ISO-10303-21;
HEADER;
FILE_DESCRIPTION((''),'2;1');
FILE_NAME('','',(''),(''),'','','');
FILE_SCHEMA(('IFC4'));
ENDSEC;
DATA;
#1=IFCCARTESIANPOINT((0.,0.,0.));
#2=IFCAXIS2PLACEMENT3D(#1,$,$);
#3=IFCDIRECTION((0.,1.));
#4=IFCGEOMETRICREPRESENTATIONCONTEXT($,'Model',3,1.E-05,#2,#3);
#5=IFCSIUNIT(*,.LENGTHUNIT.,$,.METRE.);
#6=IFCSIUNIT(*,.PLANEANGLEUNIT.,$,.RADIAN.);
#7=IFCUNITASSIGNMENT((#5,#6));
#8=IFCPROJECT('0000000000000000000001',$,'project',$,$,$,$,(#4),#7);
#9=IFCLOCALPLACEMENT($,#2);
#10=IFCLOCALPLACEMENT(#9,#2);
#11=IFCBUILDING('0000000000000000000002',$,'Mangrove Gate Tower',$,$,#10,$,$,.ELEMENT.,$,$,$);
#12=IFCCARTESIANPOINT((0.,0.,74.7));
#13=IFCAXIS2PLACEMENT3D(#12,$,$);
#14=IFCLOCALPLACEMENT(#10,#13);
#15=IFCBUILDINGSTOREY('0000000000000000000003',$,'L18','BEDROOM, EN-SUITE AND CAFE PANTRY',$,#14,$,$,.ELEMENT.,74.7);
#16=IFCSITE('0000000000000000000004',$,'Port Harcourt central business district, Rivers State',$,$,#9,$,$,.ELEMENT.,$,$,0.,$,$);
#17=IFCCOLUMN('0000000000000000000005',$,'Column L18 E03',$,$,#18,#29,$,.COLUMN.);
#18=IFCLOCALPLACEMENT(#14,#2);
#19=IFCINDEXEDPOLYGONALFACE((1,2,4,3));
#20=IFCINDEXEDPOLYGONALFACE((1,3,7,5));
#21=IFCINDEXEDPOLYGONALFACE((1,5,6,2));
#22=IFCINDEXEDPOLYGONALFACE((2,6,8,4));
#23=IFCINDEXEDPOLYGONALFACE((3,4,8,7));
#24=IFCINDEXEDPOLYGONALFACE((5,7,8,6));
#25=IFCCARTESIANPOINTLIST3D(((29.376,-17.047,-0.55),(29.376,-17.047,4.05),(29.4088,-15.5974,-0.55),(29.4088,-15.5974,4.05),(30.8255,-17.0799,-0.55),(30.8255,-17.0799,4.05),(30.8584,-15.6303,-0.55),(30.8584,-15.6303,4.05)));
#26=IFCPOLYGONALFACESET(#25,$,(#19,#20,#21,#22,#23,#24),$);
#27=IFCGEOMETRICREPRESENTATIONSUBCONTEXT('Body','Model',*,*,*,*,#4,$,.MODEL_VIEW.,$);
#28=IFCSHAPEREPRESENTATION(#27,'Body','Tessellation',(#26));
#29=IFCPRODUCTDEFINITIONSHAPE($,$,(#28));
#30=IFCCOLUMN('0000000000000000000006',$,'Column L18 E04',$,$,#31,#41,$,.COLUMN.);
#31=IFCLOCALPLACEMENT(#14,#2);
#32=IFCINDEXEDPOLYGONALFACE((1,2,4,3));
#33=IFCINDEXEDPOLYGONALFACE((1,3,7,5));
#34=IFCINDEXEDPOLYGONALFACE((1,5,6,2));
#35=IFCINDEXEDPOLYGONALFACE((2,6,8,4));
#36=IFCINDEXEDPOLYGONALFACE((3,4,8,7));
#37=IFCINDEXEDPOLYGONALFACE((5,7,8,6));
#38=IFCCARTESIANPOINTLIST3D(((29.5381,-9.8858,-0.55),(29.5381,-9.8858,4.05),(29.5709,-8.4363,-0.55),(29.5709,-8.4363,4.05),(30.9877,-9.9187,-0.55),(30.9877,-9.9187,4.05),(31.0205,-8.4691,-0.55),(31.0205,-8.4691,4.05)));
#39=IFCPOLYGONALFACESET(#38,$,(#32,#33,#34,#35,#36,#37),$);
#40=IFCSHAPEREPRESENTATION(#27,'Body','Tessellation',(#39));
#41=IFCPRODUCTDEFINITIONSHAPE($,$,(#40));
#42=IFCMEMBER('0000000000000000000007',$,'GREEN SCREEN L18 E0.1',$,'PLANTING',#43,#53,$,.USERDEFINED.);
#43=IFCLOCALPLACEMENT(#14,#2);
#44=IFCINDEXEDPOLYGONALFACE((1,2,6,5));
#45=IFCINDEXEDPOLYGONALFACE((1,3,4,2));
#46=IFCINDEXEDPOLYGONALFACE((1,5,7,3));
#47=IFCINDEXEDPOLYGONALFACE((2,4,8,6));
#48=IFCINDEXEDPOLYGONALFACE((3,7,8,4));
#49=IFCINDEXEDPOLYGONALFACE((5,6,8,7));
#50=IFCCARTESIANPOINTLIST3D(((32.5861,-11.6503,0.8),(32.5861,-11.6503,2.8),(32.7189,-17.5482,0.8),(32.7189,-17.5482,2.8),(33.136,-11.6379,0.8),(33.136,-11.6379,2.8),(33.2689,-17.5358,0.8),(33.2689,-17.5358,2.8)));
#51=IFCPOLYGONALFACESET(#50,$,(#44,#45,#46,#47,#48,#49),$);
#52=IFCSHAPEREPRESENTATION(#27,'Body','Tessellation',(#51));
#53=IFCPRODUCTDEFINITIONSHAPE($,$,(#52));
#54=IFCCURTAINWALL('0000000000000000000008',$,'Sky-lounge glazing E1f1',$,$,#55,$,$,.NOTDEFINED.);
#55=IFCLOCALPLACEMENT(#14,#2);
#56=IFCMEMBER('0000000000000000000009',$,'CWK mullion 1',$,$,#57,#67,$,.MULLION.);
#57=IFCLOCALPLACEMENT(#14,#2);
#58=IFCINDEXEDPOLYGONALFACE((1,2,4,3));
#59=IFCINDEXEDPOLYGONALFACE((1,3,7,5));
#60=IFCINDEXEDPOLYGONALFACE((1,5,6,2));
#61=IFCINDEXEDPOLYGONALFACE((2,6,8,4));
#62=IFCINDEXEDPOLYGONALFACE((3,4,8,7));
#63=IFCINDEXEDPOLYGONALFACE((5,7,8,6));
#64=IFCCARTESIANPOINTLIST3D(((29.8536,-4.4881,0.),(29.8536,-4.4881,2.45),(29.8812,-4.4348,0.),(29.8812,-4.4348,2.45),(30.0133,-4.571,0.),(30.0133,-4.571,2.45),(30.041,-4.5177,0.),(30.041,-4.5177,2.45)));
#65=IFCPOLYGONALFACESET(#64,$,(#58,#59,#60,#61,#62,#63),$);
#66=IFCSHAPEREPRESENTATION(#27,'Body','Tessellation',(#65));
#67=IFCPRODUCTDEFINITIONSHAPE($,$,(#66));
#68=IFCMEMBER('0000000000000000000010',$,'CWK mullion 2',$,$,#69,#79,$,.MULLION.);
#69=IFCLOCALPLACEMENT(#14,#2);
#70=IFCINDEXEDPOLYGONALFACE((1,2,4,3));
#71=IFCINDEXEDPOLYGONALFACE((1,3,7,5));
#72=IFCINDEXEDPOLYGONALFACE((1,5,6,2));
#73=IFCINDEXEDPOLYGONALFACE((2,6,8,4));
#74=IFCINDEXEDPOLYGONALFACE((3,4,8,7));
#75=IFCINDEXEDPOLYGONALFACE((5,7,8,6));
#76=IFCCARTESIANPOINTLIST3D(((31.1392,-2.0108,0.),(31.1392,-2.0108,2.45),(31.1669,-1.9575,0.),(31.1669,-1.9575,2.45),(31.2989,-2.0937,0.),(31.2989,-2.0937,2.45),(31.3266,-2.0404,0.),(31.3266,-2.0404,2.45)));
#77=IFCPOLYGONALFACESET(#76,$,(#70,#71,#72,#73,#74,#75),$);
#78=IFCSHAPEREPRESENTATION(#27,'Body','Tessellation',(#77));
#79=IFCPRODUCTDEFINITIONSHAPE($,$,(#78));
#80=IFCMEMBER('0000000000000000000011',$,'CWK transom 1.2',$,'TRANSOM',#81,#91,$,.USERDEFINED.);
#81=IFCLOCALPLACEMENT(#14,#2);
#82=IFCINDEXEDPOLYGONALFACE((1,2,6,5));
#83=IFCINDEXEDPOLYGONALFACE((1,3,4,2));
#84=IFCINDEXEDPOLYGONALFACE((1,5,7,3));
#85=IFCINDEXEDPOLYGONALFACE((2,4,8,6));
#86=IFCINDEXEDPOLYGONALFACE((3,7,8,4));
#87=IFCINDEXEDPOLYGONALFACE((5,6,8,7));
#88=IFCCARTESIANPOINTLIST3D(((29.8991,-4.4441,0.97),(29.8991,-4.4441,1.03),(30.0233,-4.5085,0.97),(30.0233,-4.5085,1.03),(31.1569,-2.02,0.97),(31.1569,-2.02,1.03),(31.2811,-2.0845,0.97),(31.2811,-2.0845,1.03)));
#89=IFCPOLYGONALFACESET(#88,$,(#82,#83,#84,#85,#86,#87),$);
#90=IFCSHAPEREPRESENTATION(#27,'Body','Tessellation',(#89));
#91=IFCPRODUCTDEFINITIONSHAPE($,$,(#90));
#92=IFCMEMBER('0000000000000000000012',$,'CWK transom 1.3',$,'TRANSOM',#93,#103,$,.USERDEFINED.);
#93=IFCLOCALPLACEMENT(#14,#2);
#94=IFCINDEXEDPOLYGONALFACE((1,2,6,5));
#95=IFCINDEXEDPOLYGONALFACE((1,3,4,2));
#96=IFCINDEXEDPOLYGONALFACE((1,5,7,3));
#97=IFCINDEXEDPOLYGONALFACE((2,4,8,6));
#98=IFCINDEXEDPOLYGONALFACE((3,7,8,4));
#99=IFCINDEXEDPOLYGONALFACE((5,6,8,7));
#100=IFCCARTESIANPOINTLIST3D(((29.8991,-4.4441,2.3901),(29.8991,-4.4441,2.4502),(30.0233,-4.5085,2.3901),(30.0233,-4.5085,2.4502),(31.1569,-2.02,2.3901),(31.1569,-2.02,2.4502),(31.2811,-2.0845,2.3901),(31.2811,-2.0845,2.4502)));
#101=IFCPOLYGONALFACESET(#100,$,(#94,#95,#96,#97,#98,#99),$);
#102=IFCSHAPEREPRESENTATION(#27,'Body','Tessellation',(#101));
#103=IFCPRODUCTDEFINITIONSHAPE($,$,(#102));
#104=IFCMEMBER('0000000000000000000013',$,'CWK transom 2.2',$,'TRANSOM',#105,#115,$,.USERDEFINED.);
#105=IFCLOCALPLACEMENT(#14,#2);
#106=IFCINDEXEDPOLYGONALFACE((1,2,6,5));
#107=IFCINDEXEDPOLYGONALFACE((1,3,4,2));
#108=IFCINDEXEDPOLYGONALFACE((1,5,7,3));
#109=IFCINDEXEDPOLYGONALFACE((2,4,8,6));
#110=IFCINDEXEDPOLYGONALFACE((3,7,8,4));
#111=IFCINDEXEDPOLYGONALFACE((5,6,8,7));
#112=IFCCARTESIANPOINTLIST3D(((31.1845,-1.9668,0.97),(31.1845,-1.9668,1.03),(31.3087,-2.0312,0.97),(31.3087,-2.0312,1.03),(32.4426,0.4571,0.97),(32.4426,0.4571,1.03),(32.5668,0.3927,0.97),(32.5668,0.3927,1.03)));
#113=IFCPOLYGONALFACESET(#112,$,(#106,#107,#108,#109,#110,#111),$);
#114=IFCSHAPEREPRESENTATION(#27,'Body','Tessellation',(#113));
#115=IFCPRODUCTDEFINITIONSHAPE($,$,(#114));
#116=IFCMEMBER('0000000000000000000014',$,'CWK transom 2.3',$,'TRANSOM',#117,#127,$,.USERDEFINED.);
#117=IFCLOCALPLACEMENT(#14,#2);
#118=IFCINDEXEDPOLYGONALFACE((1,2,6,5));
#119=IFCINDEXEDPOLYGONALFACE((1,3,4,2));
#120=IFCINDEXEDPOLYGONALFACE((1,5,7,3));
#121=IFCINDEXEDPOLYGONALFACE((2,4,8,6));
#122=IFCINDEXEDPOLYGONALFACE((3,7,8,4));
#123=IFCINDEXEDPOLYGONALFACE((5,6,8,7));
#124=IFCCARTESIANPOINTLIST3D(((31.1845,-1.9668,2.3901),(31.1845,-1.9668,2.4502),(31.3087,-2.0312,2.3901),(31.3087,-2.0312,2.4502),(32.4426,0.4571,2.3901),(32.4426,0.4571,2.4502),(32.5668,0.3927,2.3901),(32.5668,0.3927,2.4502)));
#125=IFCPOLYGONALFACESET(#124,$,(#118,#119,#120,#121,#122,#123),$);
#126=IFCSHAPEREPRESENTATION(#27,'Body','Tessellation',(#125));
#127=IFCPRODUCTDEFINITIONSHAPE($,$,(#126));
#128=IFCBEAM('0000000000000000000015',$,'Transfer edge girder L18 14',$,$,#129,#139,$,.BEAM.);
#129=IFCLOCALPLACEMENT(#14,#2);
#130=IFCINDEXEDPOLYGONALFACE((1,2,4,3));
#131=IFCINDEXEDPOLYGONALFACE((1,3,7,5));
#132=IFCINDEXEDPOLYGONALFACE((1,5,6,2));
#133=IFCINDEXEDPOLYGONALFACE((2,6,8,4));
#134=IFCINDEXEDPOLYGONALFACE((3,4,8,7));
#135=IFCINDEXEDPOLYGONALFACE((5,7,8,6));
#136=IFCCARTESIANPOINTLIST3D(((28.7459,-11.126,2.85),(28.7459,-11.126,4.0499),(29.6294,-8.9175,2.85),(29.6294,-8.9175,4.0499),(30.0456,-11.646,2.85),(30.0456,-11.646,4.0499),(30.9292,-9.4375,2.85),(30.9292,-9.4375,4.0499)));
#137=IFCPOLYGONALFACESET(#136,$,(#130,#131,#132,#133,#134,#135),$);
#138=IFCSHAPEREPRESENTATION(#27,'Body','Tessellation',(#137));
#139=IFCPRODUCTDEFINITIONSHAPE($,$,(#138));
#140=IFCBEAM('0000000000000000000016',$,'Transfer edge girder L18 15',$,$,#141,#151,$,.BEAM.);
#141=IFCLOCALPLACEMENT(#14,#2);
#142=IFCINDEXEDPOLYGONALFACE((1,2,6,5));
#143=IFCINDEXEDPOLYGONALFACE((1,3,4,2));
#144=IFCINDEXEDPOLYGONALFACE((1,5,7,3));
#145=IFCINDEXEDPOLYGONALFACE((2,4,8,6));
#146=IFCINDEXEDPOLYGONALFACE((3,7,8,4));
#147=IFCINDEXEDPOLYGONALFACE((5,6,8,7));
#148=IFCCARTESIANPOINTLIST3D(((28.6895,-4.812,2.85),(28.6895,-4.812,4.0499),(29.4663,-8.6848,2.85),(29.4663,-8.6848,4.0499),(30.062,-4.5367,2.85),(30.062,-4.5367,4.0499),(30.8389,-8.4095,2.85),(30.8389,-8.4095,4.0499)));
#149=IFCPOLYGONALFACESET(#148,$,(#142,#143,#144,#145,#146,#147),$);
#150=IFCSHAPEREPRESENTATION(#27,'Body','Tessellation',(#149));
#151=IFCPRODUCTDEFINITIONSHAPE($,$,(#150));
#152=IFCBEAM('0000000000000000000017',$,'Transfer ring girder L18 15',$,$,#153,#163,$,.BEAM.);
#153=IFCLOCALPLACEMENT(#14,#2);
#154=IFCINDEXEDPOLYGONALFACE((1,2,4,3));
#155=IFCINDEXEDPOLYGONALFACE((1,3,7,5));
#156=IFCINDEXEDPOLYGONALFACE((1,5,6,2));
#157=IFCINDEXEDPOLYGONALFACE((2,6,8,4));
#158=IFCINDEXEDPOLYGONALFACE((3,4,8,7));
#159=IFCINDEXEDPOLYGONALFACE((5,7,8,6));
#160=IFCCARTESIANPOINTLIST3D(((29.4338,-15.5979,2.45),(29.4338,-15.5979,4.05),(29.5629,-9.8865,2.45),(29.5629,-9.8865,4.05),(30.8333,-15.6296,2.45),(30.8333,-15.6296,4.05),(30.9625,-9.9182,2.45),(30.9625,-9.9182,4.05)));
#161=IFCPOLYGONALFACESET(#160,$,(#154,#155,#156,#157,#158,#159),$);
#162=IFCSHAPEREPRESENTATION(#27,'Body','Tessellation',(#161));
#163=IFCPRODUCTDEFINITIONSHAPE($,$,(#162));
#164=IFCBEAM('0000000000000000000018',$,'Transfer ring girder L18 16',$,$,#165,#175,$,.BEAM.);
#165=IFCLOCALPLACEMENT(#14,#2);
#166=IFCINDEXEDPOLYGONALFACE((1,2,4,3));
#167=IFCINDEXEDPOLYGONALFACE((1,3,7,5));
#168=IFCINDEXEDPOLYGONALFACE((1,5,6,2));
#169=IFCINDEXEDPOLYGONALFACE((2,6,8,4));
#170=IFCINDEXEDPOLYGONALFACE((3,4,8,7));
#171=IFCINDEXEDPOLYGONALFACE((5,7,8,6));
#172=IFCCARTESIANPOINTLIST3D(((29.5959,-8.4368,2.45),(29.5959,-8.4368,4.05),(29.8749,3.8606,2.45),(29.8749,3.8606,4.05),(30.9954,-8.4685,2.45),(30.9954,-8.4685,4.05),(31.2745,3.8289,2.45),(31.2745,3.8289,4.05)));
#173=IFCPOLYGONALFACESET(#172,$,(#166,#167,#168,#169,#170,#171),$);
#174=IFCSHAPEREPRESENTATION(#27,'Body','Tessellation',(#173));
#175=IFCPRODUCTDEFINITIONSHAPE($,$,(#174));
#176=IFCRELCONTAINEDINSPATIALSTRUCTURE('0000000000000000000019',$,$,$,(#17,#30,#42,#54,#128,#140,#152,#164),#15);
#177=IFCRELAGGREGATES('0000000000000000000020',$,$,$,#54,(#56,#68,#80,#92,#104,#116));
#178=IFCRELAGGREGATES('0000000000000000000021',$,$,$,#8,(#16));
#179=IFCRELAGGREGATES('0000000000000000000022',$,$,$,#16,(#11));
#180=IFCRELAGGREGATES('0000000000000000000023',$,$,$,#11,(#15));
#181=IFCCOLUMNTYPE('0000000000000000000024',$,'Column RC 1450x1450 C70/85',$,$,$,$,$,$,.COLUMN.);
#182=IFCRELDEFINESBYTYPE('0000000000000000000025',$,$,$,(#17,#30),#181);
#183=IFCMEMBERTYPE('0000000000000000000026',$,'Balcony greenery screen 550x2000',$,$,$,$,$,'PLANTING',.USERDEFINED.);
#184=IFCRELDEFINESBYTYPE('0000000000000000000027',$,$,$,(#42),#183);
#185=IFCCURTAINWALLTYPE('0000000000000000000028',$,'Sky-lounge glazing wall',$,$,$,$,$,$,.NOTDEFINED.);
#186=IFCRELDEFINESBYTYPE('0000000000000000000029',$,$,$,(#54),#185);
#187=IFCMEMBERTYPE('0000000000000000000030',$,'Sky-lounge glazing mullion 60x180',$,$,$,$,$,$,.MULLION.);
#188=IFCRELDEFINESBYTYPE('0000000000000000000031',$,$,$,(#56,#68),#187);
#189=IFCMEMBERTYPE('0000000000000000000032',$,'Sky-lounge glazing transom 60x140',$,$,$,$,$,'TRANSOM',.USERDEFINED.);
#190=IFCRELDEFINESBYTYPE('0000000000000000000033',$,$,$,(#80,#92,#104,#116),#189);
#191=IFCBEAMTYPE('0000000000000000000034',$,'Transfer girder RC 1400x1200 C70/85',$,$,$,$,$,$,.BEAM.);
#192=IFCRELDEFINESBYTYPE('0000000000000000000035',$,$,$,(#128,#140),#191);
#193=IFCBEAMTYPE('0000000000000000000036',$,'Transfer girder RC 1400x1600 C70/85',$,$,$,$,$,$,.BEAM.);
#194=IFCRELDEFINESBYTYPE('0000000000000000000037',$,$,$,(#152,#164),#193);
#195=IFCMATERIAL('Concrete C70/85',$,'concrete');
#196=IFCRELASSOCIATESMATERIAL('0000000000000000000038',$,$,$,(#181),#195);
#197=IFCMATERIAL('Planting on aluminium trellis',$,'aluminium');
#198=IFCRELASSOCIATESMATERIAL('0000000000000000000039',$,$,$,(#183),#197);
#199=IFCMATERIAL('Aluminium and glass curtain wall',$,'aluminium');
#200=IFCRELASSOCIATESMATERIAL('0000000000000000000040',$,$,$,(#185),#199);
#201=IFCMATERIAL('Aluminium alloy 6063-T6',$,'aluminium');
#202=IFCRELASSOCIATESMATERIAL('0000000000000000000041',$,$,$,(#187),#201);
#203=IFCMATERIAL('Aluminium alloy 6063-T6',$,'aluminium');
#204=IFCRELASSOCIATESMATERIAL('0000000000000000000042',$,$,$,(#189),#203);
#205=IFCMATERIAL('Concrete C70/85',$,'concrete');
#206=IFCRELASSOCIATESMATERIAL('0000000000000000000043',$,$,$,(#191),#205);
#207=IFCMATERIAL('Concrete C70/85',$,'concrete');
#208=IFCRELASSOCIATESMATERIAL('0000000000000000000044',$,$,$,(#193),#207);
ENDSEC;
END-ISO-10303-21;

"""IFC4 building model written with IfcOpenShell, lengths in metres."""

from ifc_helpers import new_model, si_unit, direction, frame, origin, origin_2d, place, context, subcontext, project, spatial, rectangle, extrude, material, material_profile, profile_set, type_object, element, aggregate, save


model = new_model("IFC4")

# Units and contexts
model_context = context("Model", 3, precision=1e-05, world=origin(), true_north=direction((0.0, 1.0)))
body_context = subcontext(model_context, "Body", "Model", "MODEL_VIEW")
ifc_project = project(units=[si_unit("LENGTHUNIT", "METRE"), si_unit("PLANEANGLEUNIT", "RADIAN")], contexts=[model_context])

# Site, building, storey
site_placement = place(None, origin())
site = spatial("IfcSite", under=ifc_project, at=site_placement, Name="Port Harcourt central business district, Rivers State", CompositionType="ELEMENT", RefElevation=0.0)
building_placement = place(site_placement, origin())
building = spatial("IfcBuilding", under=site, at=building_placement, Name="Mangrove Gate Tower", CompositionType="ELEMENT")
storey_placement = place(building_placement, frame((0.0, 0.0, 74.7)))
storey = spatial("IfcBuildingStorey", under=building, at=storey_placement, Name="L18", Description="BEDROOM, EN-SUITE AND CAFE PANTRY", CompositionType="ELEMENT", Elevation=74.7)

# Columns
ifc_material_1 = material(Name="Concrete C70/85", Category="concrete")
ifc_material_profile_1 = material_profile(ifc_material_1, rectangle(XDim=1.45, YDim=1.45, at=origin_2d()))
ifc_profile_set_1 = profile_set([ifc_material_profile_1], Name="Concrete C70/85")
column_type = type_object("IfcColumnType", Name="Column RC 1450x1450 C70/85", PredefinedType="COLUMN", material=ifc_profile_set_1)
for number, where, z_axis, x_axis, name in (
    (1, (30.1172, -16.3386, -0.55), (0.0, 0.0, 1.0), (0.022688, 0.999743, 0.0), "Column L18 E03"),
    (2, (30.2793, -9.1775, -0.55), (0.0, 0.0, 1.0), (0.022665, 0.999743, 0.0), "Column L18 E04"),
):
    element("IfcColumn", number, at=place(storey_placement, frame(where, z_axis=z_axis, x_axis=x_axis)), inside=storey, type_object=column_type, Name=name, PredefinedType="COLUMN", context=body_context, shape_type="SweptSolid", body=[
        extrude(rectangle(XDim=1.45, YDim=1.45, at=origin_2d()), origin(), (0.0, 0.0, 1.0), 4.6001),
    ])

# Member
ifc_material_2 = material(Name="Planting on aluminium trellis", Category="aluminium")
ifc_material_profile_2 = material_profile(ifc_material_2, rectangle(XDim=0.55, YDim=2.0, at=origin_2d()))
ifc_profile_set_2 = profile_set([ifc_material_profile_2], Name="Planting on aluminium trellis")
member_type_1 = type_object("IfcMemberType", Name="Balcony greenery screen 550x2000", ElementType="PLANTING", PredefinedType="USERDEFINED", material=ifc_profile_set_2)
member_1_placement = place(storey_placement, frame((32.9939, -17.542, 1.8), z_axis=(-0.022513, 0.999747, 0.0), x_axis=(-0.999747, -0.022513, 0.0)))
element("IfcMember", 3, at=member_1_placement, inside=storey, type_object=member_type_1, Name="GREEN SCREEN L18 E0.1", ObjectType="PLANTING", PredefinedType="USERDEFINED", context=body_context, shape_type="SweptSolid", body=[
    extrude(rectangle(XDim=0.55, YDim=2.0, at=origin_2d()), origin(), (0.0, 0.0, 1.0), 5.8994),
])

# Curtain wall, members
ifc_material_3 = material(Name="Aluminium and glass curtain wall", Category="aluminium")
curtain_wall_type = type_object("IfcCurtainWallType", Name="Sky-lounge glazing wall", PredefinedType="NOTDEFINED", material=ifc_material_3)
curtain_wall_placement = place(storey_placement, origin())
curtain_wall = element("IfcCurtainWall", 4, at=curtain_wall_placement, inside=storey, type_object=curtain_wall_type, Name="Sky-lounge glazing E1f1", PredefinedType="NOTDEFINED")
ifc_material_4 = material(Name="Aluminium alloy 6063-T6", Category="aluminium")
ifc_material_profile_3 = material_profile(ifc_material_4, rectangle(XDim=0.0601, YDim=0.1799, at=origin_2d()))
ifc_profile_set_3 = profile_set([ifc_material_profile_3], Name="Aluminium alloy 6063-T6")
member_type_2 = type_object("IfcMemberType", Name="Sky-lounge glazing mullion 60x180", PredefinedType="MULLION", material=ifc_profile_set_3)
member_2_placement = place(storey_placement, frame((29.9473, -4.5029, 0.0), z_axis=(0.0, 0.0, 1.0), x_axis=(0.460628, 0.887593, 0.0)))
member_2 = element("IfcMember", 5, at=member_2_placement, type_object=member_type_2, Name="CWK mullion 1", PredefinedType="MULLION", context=body_context, shape_type="SweptSolid", body=[
    extrude(rectangle(XDim=0.0601, YDim=0.1799, at=origin_2d()), origin(), (0.0, 0.0, 1.0), 2.45),
])
member_3_placement = place(storey_placement, frame((31.2329, -2.0256, 0.0), z_axis=(0.0, 0.0, 1.0), x_axis=(0.460628, 0.887593, 0.0)))
member_3 = element("IfcMember", 6, at=member_3_placement, type_object=member_type_2, Name="CWK mullion 2", PredefinedType="MULLION", context=body_context, shape_type="SweptSolid", body=[
    extrude(rectangle(XDim=0.0601, YDim=0.1799, at=origin_2d()), origin(), (0.0, 0.0, 1.0), 2.45),
])
ifc_material_5 = material(Name="Aluminium alloy 6063-T6", Category="aluminium")
ifc_material_profile_4 = material_profile(ifc_material_5, rectangle(XDim=0.0601, YDim=0.1399, at=origin_2d()))
ifc_profile_set_4 = profile_set([ifc_material_profile_4], Name="Aluminium alloy 6063-T6")
member_type_3 = type_object("IfcMemberType", Name="Sky-lounge glazing transom 60x140", ElementType="TRANSOM", PredefinedType="USERDEFINED", material=ifc_profile_set_4)
member_4_placement = place(storey_placement, frame((29.9612, -4.4763, 1.0), z_axis=(0.460573, 0.887622, 0.0), x_axis=(0.0, 0.0, 1.0)))
member_4 = element("IfcMember", 7, at=member_4_placement, type_object=member_type_3, Name="CWK transom 1.2", ObjectType="TRANSOM", PredefinedType="USERDEFINED", context=body_context, shape_type="SweptSolid", body=[
    extrude(rectangle(XDim=0.0601, YDim=0.1399, at=origin_2d()), origin(), (0.0, 0.0, 1.0), 2.731),
])
member_5_placement = place(storey_placement, frame((29.9612, -4.4763, 2.4202), z_axis=(0.460573, 0.887622, 0.0), x_axis=(0.0, 0.0, 1.0)))
member_5 = element("IfcMember", 8, at=member_5_placement, type_object=member_type_3, Name="CWK transom 1.3", ObjectType="TRANSOM", PredefinedType="USERDEFINED", context=body_context, shape_type="SweptSolid", body=[
    extrude(rectangle(XDim=0.0601, YDim=0.1399, at=origin_2d()), origin(), (0.0, 0.0, 1.0), 2.731),
])
member_6_placement = place(storey_placement, frame((31.2466, -1.999, 1.0), z_axis=(0.46068, 0.887566, 0.0), x_axis=(0.0, 0.0, 1.0)))
member_6 = element("IfcMember", 9, at=member_6_placement, type_object=member_type_3, Name="CWK transom 2.2", ObjectType="TRANSOM", PredefinedType="USERDEFINED", context=body_context, shape_type="SweptSolid", body=[
    extrude(rectangle(XDim=0.0601, YDim=0.1399, at=origin_2d()), origin(), (0.0, 0.0, 1.0), 2.731),
])
member_7_placement = place(storey_placement, frame((31.2466, -1.999, 2.4202), z_axis=(0.46068, 0.887566, 0.0), x_axis=(0.0, 0.0, 1.0)))
member_7 = element("IfcMember", 10, at=member_7_placement, type_object=member_type_3, Name="CWK transom 2.3", ObjectType="TRANSOM", PredefinedType="USERDEFINED", context=body_context, shape_type="SweptSolid", body=[
    extrude(rectangle(XDim=0.0601, YDim=0.1399, at=origin_2d()), origin(), (0.0, 0.0, 1.0), 2.731),
])

# Beams
ifc_material_6 = material(Name="Concrete C70/85", Category="concrete")
ifc_material_profile_5 = material_profile(ifc_material_6, rectangle(XDim=1.3999, YDim=1.2, at=origin_2d()))
ifc_profile_set_5 = profile_set([ifc_material_profile_5], Name="Concrete C70/85")
beam_type_1 = type_object("IfcBeamType", Name="Transfer girder RC 1400x1200 C70/85", PredefinedType="BEAM", material=ifc_profile_set_5)
beam_1_placement = place(storey_placement, frame((30.2793, -9.1775, 3.45), z_axis=(-0.371444, -0.928455, 0.0), x_axis=(0.928455, -0.371444, 0.0)))
element("IfcBeam", 11, at=beam_1_placement, inside=storey, type_object=beam_type_1, Name="Transfer edge girder L18 14", PredefinedType="BEAM", context=body_context, shape_type="SweptSolid", body=[
    extrude(rectangle(XDim=1.3999, YDim=1.2, at=origin_2d()), origin(), (0.0, 0.0, 1.0), 2.3787),
])
beam_2_placement = place(storey_placement, frame((30.1526, -8.5471, 3.45), z_axis=(-0.196675, 0.980469, 0.0), x_axis=(-0.980469, -0.196675, 0.0)))
element("IfcBeam", 12, at=beam_2_placement, inside=storey, type_object=beam_type_1, Name="Transfer edge girder L18 15", PredefinedType="BEAM", context=body_context, shape_type="SweptSolid", body=[
    extrude(rectangle(XDim=1.3999, YDim=1.2, at=origin_2d()), origin(), (0.0, 0.0, 1.0), 3.95),
])
ifc_material_7 = material(Name="Concrete C70/85", Category="concrete")
ifc_material_profile_6 = material_profile(ifc_material_7, rectangle(XDim=1.3999, YDim=1.6001, at=origin_2d()))
ifc_profile_set_6 = profile_set([ifc_material_profile_6], Name="Concrete C70/85")
beam_type_2 = type_object("IfcBeamType", Name="Transfer girder RC 1400x1600 C70/85", PredefinedType="BEAM", material=ifc_profile_set_6)
beam_3_placement = place(storey_placement, frame((30.1335, -15.6138, 3.25), z_axis=(0.022607, 0.999744, 0.0), x_axis=(-0.999744, 0.022607, 0.0)))
element("IfcBeam", 13, at=beam_3_placement, inside=storey, type_object=beam_type_2, Name="Transfer ring girder L18 15", PredefinedType="BEAM", context=body_context, shape_type="SweptSolid", body=[
    extrude(rectangle(XDim=1.3999, YDim=1.6001, at=origin_2d()), origin(), (0.0, 0.0, 1.0), 5.7129),
])
beam_4_placement = place(storey_placement, frame((30.2957, -8.4526, 3.25), z_axis=(0.022686, 0.999743, 0.0), x_axis=(-0.999743, 0.022686, 0.0)))
element("IfcBeam", 14, at=beam_4_placement, inside=storey, type_object=beam_type_2, Name="Transfer ring girder L18 16", PredefinedType="BEAM", context=body_context, shape_type="SweptSolid", body=[
    extrude(rectangle(XDim=1.3999, YDim=1.6001, at=origin_2d()), origin(), (0.0, 0.0, 1.0), 12.3005),
])

aggregate(curtain_wall, [member_2, member_3, member_4, member_5, member_6, member_7])

save(model, "model.ifc")
